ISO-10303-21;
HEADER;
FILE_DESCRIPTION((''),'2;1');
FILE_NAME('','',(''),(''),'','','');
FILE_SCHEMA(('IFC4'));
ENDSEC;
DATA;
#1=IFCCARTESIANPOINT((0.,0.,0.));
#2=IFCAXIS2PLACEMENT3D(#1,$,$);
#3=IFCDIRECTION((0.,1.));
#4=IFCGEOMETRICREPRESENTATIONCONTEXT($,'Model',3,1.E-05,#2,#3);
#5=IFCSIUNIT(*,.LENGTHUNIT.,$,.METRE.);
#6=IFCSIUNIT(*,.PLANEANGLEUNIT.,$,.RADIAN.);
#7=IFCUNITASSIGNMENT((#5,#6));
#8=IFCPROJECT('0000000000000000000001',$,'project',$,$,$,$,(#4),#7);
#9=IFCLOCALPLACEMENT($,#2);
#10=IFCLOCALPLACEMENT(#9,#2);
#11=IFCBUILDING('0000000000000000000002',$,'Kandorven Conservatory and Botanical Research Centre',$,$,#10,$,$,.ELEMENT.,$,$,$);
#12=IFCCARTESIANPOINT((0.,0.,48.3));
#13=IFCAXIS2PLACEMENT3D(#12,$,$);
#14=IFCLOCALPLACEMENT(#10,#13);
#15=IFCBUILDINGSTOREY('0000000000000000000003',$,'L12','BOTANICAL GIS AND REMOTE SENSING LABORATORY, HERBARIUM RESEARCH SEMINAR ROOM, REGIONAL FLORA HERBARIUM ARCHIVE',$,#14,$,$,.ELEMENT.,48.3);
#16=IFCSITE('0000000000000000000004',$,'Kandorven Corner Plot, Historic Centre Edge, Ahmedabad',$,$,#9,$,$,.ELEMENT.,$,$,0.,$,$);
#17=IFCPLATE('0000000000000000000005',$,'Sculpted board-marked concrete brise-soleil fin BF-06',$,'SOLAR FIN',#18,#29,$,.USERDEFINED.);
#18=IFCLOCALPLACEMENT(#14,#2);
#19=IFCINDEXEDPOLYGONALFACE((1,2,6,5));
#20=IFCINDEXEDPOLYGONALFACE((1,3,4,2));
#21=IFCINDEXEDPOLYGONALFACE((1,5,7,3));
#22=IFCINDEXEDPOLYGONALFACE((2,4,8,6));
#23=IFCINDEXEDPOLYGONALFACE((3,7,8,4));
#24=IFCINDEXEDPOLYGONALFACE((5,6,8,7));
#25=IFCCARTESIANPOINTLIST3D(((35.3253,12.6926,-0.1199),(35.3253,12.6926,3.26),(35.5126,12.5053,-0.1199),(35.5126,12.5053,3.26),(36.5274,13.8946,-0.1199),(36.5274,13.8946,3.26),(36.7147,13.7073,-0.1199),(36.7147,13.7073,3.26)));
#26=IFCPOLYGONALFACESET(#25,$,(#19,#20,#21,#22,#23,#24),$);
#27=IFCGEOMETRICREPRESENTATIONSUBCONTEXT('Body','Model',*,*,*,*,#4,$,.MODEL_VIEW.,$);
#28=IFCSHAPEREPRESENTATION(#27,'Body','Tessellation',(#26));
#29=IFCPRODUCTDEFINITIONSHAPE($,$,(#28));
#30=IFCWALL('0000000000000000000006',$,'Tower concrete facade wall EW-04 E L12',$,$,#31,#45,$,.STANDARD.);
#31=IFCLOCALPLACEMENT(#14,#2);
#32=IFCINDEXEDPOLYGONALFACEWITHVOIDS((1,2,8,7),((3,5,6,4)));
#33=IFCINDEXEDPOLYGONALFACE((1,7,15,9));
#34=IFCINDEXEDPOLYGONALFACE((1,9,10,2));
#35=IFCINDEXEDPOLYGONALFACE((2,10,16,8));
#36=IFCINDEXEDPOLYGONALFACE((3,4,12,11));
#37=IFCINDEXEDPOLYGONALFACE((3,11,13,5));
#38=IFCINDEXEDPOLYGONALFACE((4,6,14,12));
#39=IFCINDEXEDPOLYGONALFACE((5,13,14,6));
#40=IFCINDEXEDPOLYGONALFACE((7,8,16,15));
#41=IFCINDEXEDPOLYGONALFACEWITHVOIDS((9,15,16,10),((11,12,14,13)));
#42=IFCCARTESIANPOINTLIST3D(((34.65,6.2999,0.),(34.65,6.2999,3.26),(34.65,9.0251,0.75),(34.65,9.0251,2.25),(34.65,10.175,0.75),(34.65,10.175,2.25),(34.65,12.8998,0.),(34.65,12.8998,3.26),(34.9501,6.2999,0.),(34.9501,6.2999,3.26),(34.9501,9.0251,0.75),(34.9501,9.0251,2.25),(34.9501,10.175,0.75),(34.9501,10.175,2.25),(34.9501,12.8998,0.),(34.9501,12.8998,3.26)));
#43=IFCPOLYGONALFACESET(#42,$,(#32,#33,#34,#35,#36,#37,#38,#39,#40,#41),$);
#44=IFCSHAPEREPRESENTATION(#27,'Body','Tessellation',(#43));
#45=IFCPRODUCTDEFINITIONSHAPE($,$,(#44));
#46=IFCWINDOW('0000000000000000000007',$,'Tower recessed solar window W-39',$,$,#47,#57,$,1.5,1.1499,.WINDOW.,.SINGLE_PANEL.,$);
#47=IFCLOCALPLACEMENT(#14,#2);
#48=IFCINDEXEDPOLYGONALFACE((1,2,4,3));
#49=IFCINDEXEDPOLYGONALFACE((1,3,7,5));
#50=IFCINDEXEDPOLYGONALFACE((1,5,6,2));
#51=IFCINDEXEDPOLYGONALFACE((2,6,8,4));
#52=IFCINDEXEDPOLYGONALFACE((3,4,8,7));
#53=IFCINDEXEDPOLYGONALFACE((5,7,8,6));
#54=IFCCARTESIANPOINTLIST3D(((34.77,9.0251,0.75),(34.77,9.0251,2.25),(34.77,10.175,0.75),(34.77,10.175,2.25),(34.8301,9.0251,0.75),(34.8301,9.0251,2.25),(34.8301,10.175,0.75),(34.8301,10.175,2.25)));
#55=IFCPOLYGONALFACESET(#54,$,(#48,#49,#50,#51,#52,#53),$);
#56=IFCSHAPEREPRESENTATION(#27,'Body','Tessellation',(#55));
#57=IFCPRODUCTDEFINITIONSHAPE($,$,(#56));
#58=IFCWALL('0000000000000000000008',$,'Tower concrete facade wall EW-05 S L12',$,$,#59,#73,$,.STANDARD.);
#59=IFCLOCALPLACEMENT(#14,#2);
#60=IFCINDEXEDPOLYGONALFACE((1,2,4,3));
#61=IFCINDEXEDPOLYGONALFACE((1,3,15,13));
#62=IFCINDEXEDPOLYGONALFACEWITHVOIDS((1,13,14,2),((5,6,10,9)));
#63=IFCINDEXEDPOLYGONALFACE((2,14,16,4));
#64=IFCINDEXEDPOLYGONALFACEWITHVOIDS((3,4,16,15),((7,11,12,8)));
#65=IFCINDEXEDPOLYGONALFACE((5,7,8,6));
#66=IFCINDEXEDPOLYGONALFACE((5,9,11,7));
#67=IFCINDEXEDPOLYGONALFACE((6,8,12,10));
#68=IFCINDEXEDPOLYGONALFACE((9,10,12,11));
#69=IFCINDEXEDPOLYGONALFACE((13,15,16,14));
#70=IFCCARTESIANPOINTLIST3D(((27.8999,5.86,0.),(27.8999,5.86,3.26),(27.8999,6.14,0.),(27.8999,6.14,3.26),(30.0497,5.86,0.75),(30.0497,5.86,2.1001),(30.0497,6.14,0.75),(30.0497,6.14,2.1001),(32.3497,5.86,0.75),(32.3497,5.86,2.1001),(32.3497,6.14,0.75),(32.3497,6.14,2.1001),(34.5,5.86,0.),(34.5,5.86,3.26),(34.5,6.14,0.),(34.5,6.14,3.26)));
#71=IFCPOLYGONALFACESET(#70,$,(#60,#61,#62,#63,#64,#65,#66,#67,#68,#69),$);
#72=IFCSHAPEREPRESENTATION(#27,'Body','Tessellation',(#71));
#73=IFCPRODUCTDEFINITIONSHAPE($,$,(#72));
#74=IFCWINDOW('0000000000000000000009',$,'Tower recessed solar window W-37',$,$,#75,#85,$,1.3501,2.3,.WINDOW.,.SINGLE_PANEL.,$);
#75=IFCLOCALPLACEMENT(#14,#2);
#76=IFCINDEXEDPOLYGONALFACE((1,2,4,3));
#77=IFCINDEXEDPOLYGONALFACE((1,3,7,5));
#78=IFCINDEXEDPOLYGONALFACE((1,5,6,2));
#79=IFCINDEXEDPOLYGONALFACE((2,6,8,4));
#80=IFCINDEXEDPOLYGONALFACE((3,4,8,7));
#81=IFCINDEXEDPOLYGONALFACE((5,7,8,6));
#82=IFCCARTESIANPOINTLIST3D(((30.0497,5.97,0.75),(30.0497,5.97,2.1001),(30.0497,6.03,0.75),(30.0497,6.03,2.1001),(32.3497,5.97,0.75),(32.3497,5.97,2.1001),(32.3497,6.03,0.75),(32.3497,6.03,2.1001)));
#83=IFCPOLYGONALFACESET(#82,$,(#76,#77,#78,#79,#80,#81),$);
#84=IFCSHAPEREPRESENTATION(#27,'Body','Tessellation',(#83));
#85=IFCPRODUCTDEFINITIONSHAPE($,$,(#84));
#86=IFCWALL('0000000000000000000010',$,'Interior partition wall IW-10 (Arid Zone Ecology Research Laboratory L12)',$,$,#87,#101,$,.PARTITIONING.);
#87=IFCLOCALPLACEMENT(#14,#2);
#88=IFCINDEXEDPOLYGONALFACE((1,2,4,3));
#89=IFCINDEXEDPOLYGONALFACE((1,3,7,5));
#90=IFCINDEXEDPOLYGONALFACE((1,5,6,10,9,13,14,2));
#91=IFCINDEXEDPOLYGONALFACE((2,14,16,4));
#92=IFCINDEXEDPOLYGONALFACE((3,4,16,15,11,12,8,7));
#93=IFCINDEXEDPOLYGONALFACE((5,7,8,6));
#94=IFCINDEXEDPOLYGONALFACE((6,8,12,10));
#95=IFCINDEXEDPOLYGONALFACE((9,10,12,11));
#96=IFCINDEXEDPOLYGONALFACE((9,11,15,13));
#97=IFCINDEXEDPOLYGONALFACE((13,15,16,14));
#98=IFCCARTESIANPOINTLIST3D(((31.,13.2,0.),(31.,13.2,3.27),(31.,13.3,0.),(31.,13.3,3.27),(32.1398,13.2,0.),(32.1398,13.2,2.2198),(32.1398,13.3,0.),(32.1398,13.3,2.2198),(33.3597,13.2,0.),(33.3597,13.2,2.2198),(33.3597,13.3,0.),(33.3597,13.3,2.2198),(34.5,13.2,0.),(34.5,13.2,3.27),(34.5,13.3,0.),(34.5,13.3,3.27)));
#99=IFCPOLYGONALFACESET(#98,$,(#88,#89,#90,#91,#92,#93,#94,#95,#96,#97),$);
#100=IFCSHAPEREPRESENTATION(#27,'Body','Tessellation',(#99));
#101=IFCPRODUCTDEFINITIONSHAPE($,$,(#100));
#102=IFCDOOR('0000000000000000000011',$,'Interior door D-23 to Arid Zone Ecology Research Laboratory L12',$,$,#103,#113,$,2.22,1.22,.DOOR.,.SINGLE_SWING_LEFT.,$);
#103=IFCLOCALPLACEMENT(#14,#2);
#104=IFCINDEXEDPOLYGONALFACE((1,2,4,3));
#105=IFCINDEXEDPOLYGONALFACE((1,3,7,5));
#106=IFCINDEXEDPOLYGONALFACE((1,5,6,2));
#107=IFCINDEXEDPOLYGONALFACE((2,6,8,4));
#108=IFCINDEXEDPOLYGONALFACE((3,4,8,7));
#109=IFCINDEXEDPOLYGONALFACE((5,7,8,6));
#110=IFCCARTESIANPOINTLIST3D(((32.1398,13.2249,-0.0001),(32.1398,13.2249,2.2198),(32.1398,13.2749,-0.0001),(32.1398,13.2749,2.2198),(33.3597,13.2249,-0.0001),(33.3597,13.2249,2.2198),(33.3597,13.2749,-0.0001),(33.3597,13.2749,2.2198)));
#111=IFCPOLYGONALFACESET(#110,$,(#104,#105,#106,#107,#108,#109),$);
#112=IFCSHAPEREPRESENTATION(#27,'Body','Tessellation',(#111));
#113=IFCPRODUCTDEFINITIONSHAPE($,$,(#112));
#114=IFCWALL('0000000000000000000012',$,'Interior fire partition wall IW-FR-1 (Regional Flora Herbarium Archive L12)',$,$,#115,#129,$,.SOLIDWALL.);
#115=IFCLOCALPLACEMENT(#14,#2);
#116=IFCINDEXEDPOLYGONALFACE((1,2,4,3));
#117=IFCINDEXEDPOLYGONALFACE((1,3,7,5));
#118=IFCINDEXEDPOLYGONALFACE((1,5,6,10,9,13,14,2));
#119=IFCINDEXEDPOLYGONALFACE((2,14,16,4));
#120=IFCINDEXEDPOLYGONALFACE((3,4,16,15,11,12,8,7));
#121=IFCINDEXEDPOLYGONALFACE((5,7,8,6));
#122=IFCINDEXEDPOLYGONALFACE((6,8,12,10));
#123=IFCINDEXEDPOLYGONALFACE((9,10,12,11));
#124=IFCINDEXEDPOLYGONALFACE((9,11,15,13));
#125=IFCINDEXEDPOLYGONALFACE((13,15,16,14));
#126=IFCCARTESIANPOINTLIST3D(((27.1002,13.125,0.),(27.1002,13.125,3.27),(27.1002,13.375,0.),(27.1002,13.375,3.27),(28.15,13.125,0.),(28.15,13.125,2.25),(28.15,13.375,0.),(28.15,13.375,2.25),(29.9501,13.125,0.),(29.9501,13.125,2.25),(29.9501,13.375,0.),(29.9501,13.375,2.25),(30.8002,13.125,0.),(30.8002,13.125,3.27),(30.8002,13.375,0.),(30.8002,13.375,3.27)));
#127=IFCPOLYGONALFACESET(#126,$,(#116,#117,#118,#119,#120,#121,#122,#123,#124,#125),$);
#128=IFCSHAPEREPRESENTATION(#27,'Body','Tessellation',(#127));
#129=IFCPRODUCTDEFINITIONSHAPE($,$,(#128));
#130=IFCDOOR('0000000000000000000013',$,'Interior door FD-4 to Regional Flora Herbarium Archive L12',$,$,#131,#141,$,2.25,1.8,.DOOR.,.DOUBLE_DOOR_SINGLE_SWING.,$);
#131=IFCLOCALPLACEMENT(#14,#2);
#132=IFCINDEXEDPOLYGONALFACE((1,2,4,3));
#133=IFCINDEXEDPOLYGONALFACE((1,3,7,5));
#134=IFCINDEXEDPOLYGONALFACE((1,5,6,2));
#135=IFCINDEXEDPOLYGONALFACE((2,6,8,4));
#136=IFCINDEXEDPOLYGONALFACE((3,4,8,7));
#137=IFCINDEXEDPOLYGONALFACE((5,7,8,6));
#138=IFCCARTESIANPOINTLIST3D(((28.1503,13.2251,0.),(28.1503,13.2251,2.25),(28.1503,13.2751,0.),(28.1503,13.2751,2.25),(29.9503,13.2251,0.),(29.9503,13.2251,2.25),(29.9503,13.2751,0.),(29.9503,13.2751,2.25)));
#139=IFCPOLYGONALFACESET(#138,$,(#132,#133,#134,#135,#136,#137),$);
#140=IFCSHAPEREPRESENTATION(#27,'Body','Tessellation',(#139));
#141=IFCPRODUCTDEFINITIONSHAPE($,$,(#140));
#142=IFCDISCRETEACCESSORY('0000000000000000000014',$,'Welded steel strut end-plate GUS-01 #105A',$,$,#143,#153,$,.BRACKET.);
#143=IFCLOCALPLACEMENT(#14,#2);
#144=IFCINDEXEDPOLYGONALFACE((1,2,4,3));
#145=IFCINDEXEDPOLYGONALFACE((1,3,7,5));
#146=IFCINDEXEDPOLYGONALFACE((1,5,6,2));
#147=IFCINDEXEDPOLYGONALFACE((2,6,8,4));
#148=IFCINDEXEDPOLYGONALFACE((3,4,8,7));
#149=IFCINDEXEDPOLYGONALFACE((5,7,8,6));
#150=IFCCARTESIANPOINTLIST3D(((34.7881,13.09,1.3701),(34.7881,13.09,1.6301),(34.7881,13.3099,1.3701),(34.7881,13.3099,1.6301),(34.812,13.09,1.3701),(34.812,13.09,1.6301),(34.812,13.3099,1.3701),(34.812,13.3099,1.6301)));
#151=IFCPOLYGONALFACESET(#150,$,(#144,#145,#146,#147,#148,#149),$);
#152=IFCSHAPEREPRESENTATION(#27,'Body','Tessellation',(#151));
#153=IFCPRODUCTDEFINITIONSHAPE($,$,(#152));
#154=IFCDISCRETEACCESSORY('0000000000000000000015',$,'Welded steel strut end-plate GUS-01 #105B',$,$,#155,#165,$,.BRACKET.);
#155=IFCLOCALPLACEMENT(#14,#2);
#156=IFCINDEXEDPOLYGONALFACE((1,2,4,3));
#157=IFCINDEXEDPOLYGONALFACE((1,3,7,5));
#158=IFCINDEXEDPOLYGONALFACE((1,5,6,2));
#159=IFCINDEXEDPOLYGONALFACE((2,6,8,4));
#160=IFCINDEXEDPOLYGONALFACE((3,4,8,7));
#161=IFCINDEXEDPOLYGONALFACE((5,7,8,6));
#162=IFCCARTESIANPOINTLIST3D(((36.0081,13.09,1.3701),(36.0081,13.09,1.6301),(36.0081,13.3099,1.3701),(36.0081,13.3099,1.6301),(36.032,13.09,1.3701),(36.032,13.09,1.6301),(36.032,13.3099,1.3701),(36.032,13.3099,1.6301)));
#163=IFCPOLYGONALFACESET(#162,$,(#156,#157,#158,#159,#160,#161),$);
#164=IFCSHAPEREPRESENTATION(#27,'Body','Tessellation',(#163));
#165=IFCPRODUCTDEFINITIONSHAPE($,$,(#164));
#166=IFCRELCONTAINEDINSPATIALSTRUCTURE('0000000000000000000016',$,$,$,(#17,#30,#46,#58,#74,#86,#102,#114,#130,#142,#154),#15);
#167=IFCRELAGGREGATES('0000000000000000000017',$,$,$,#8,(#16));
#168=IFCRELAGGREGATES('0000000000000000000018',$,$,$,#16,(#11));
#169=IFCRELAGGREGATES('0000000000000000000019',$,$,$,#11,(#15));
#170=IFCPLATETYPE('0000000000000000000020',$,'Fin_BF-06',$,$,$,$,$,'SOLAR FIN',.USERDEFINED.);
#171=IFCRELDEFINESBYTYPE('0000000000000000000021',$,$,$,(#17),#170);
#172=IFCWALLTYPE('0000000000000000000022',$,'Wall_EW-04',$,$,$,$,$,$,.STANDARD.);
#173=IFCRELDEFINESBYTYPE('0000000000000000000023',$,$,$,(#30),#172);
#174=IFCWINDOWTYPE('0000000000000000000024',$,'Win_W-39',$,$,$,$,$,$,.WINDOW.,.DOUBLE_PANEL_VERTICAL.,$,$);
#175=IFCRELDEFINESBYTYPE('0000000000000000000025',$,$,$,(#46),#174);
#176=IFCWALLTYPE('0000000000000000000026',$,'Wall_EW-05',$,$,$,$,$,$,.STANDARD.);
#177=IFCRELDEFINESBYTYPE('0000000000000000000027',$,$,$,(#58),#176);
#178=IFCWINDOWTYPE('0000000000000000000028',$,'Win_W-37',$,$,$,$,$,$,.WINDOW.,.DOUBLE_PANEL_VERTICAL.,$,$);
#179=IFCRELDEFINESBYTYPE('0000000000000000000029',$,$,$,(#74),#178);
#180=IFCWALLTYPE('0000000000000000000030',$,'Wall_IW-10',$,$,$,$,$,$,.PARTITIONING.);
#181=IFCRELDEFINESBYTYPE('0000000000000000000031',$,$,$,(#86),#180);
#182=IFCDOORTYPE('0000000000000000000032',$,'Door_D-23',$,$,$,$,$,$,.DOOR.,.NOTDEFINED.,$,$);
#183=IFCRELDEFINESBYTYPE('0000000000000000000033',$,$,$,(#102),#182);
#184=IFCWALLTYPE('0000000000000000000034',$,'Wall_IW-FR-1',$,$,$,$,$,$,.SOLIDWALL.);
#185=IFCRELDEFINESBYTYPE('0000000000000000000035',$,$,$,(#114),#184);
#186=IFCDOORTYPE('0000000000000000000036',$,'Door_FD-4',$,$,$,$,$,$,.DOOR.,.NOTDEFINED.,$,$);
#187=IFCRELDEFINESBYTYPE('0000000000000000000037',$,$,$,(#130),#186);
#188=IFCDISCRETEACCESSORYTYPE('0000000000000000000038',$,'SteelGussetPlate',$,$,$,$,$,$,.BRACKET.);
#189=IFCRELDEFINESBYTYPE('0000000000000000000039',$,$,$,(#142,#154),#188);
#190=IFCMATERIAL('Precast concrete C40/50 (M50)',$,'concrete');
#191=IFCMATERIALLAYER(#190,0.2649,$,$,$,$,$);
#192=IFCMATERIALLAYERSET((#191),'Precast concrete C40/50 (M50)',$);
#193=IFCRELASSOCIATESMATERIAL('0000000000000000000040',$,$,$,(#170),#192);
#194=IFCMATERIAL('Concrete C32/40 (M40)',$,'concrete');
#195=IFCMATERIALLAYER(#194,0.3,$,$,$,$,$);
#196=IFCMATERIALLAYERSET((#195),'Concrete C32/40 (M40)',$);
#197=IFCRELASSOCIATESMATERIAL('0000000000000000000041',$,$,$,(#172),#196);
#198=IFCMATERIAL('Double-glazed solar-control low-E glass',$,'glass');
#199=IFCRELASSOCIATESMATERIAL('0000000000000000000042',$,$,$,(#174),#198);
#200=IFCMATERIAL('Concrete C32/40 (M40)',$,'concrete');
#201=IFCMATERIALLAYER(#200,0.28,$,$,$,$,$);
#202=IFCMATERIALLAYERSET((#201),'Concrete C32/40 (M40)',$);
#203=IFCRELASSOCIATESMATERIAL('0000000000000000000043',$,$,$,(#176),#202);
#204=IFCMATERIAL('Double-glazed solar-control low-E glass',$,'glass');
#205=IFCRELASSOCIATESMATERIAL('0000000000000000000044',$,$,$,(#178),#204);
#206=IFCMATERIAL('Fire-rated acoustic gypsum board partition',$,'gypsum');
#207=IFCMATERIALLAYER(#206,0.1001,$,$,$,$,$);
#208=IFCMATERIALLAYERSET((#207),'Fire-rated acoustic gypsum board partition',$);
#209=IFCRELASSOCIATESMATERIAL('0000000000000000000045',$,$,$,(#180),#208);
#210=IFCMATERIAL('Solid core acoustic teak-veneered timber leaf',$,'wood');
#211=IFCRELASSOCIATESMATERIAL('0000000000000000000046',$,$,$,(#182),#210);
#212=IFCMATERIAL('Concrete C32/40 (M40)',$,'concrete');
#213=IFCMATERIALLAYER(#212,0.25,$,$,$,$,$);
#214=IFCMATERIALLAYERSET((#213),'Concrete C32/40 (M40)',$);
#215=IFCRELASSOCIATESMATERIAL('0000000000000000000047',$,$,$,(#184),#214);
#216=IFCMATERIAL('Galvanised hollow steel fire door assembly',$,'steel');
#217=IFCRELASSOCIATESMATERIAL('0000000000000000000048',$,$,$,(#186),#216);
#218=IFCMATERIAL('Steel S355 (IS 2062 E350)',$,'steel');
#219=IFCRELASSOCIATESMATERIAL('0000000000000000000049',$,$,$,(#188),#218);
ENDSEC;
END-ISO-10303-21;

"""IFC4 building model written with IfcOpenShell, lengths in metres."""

from ifc_helpers import new_model, si_unit, direction, frame, frame_2d, origin, origin_2d, place, context, subcontext, project, spatial, rectangle, extrude, material, layer, layer_set, type_object, element, fill, save


model = new_model("IFC4")

# Units and contexts
model_context = context("Model", 3, precision=1e-05, world=origin(), true_north=direction((0.0, 1.0)))
body_context = subcontext(model_context, "Body", "Model", "MODEL_VIEW")
ifc_project = project(units=[si_unit("LENGTHUNIT", "METRE"), si_unit("PLANEANGLEUNIT", "RADIAN")], contexts=[model_context])

# Site, building, storey
site_placement = place(None, origin())
site = spatial("IfcSite", under=ifc_project, at=site_placement, Name="Kandorven Corner Plot, Historic Centre Edge, Ahmedabad", CompositionType="ELEMENT", RefElevation=0.0)
building_placement = place(site_placement, origin())
building = spatial("IfcBuilding", under=site, at=building_placement, Name="Kandorven Conservatory and Botanical Research Centre", CompositionType="ELEMENT")
storey_placement = place(building_placement, frame((0.0, 0.0, 48.3)))
storey = spatial("IfcBuildingStorey", under=building, at=storey_placement, Name="L12", Description="BOTANICAL GIS AND REMOTE SENSING LABORATORY, HERBARIUM RESEARCH SEMINAR ROOM, REGIONAL FLORA HERBARIUM ARCHIVE", CompositionType="ELEMENT", Elevation=48.3)

# Plate
ifc_material_1 = material(Name="Precast concrete C40/50 (M50)", Category="concrete")
ifc_layer_1 = layer(ifc_material_1, 0.2649)
ifc_layer_set_1 = layer_set([ifc_layer_1], Name="Precast concrete C40/50 (M50)")
plate_type_1 = type_object("IfcPlateType", Name="Fin_BF-06", ElementType="SOLAR FIN", PredefinedType="USERDEFINED", material=ifc_layer_set_1)
plate_1_placement = place(storey_placement, frame((36.02, 13.2, -0.1199), z_axis=(0.0, 0.0, 1.0), x_axis=(0.707107, 0.707107, 0.0)))
element("IfcPlate", 1, at=plate_1_placement, inside=storey, type_object=plate_type_1, Name="Sculpted board-marked concrete brise-soleil fin BF-06", ObjectType="SOLAR FIN", PredefinedType="USERDEFINED", context=body_context, shape_type="SweptSolid", body=[
    extrude(rectangle(XDim=1.7, YDim=0.2649, at=origin_2d()), origin(), (0.0, 0.0, 1.0), 3.3799),
])

# Walls, openings, windows
ifc_material_2 = material(Name="Concrete C32/40 (M40)", Category="concrete")
ifc_layer_2 = layer(ifc_material_2, 0.3)
ifc_layer_set_2 = layer_set([ifc_layer_2], Name="Concrete C32/40 (M40)")
wall_type_1 = type_object("IfcWallType", Name="Wall_EW-04", PredefinedType="STANDARD", material=ifc_layer_set_2)
wall_1_placement = place(storey_placement, frame((34.8, 6.3, 0.0), z_axis=(0.0, 0.0, 1.0), x_axis=(0.0, 1.0, 0.0)))
wall_1 = element("IfcWall", 2, at=wall_1_placement, inside=storey, type_object=wall_type_1, Name="Tower concrete facade wall EW-04 E L12", PredefinedType="STANDARD", context=body_context, shape_type="SweptSolid", body=[
    extrude(rectangle(XDim=6.5999, YDim=0.3, at=frame_2d((3.2998, 0.0))), origin(), (0.0, 0.0, 1.0), 3.26),
])
opening_1_placement = place(wall_1_placement, frame((2.7251, 0.0, 0.75)))
opening_1 = element("IfcOpeningElement", 3, at=opening_1_placement, cuts=wall_1, PredefinedType="OPENING", context=body_context, shape_type="SweptSolid", body=[
    extrude(rectangle(XDim=1.1499, YDim=1.5, at=frame_2d((0.575, 0.75))), frame((0.0, 0.1599, 0.0), z_axis=(0.0, -1.0, 0.0), x_axis=(1.0, 0.0, 0.0)), (0.0, 0.0, 1.0), 0.3201),
])
ifc_material_3 = material(Name="Double-glazed solar-control low-E glass", Category="glass")
window_type_1 = type_object("IfcWindowType", Name="Win_W-39", PartitioningType="DOUBLE_PANEL_VERTICAL", PredefinedType="WINDOW", material=ifc_material_3)
window_1_placement = place(opening_1_placement, origin())
window_1 = element("IfcWindow", 4, at=window_1_placement, inside=storey, type_object=window_type_1, Name="Tower recessed solar window W-39", OverallHeight=1.5, OverallWidth=1.1499, PartitioningType="SINGLE_PANEL", PredefinedType="WINDOW", context=body_context, shape_type="SweptSolid", body=[
    extrude(rectangle(XDim=1.1499, YDim=1.5, at=frame_2d((0.575, 0.75))), frame((0.0, 0.03, 0.0), z_axis=(0.0, -1.0, 0.0), x_axis=(1.0, 0.0, 0.0)), (0.0, 0.0, 1.0), 0.0601),
])
fill(opening_1, window_1)
ifc_material_4 = material(Name="Concrete C32/40 (M40)", Category="concrete")
ifc_layer_3 = layer(ifc_material_4, 0.28)
ifc_layer_set_3 = layer_set([ifc_layer_3], Name="Concrete C32/40 (M40)")
wall_type_2 = type_object("IfcWallType", Name="Wall_EW-05", PredefinedType="STANDARD", material=ifc_layer_set_3)
wall_2_placement = place(storey_placement, frame((27.8999, 6.0, 0.0), z_axis=(0.0, 0.0, 1.0), x_axis=(1.0, 0.0, 0.0)))
wall_2 = element("IfcWall", 5, at=wall_2_placement, inside=storey, type_object=wall_type_2, Name="Tower concrete facade wall EW-05 S L12", PredefinedType="STANDARD", context=body_context, shape_type="SweptSolid", body=[
    extrude(rectangle(XDim=6.6001, YDim=0.28, at=frame_2d((3.3, 0.0))), origin(), (0.0, 0.0, 1.0), 3.26),
])
opening_2_placement = place(wall_2_placement, frame((2.1499, 0.0, 0.75)))
opening_2 = element("IfcOpeningElement", 6, at=opening_2_placement, cuts=wall_2, PredefinedType="OPENING", context=body_context, shape_type="SweptSolid", body=[
    extrude(rectangle(XDim=2.3, YDim=1.3501, at=frame_2d((1.1499, 0.675))), frame((0.0, 0.1499, 0.0), z_axis=(0.0, -1.0, 0.0), x_axis=(1.0, 0.0, 0.0)), (0.0, 0.0, 1.0), 0.3),
])
ifc_material_5 = material(Name="Double-glazed solar-control low-E glass", Category="glass")
window_type_2 = type_object("IfcWindowType", Name="Win_W-37", PartitioningType="DOUBLE_PANEL_VERTICAL", PredefinedType="WINDOW", material=ifc_material_5)
window_2_placement = place(opening_2_placement, origin())
window_2 = element("IfcWindow", 7, at=window_2_placement, inside=storey, type_object=window_type_2, Name="Tower recessed solar window W-37", OverallHeight=1.3501, OverallWidth=2.3, PartitioningType="SINGLE_PANEL", PredefinedType="WINDOW", context=body_context, shape_type="SweptSolid", body=[
    extrude(rectangle(XDim=2.3, YDim=1.3501, at=frame_2d((1.1499, 0.675))), frame((0.0, 0.03, 0.0), z_axis=(0.0, -1.0, 0.0), x_axis=(1.0, 0.0, 0.0)), (0.0, 0.0, 1.0), 0.0601),
])
fill(opening_2, window_2)

# Walls, openings, doors
ifc_material_6 = material(Name="Fire-rated acoustic gypsum board partition", Category="gypsum")
ifc_layer_4 = layer(ifc_material_6, 0.1001)
ifc_layer_set_4 = layer_set([ifc_layer_4], Name="Fire-rated acoustic gypsum board partition")
wall_type_3 = type_object("IfcWallType", Name="Wall_IW-10", PredefinedType="PARTITIONING", material=ifc_layer_set_4)
wall_3_placement = place(storey_placement, frame((31.0, 13.25, 0.0), z_axis=(0.0, 0.0, 1.0), x_axis=(1.0, 0.0, 0.0)))
wall_3 = element("IfcWall", 8, at=wall_3_placement, inside=storey, type_object=wall_type_3, Name="Interior partition wall IW-10 (Arid Zone Ecology Research Laboratory L12)", PredefinedType="PARTITIONING", context=body_context, shape_type="SweptSolid", body=[
    extrude(rectangle(XDim=3.5, YDim=0.1001, at=frame_2d((1.75, 0.0))), origin(), (0.0, 0.0, 1.0), 3.27),
])
opening_3_placement = place(wall_3_placement, frame((1.1399, 0.0, 0.0)))
opening_3 = element("IfcOpeningElement", 9, at=opening_3_placement, cuts=wall_3, PredefinedType="OPENING", context=body_context, shape_type="SweptSolid", body=[
    extrude(rectangle(XDim=1.22, YDim=2.22, at=frame_2d((0.6099, 1.1099))), frame((0.0, 0.0601, 0.0), z_axis=(0.0, -1.0, 0.0), x_axis=(1.0, 0.0, 0.0)), (0.0, 0.0, 1.0), 0.1201),
])
ifc_material_7 = material(Name="Solid core acoustic teak-veneered timber leaf", Category="wood")
door_type_1 = type_object("IfcDoorType", Name="Door_D-23", OperationType="NOTDEFINED", PredefinedType="DOOR", material=ifc_material_7)
door_1_placement = place(opening_3_placement, origin())
door_1 = element("IfcDoor", 10, at=door_1_placement, inside=storey, type_object=door_type_1, Name="Interior door D-23 to Arid Zone Ecology Research Laboratory L12", OperationType="SINGLE_SWING_LEFT", OverallHeight=2.22, OverallWidth=1.22, PredefinedType="DOOR", context=body_context, shape_type="SweptSolid", body=[
    extrude(rectangle(XDim=1.22, YDim=2.22, at=frame_2d((0.6099, 1.1099))), frame((0.0, 0.0249, 0.0), z_axis=(0.0, -1.0, 0.0), x_axis=(1.0, 0.0, 0.0)), (0.0, 0.0, 1.0), 0.05),
])
fill(opening_3, door_1)
ifc_material_8 = material(Name="Concrete C32/40 (M40)", Category="concrete")
ifc_layer_5 = layer(ifc_material_8, 0.25)
ifc_layer_set_5 = layer_set([ifc_layer_5], Name="Concrete C32/40 (M40)")
wall_type_4 = type_object("IfcWallType", Name="Wall_IW-FR-1", PredefinedType="SOLIDWALL", material=ifc_layer_set_5)
wall_4_placement = place(storey_placement, frame((27.1001, 13.25, 0.0), z_axis=(0.0, 0.0, 1.0), x_axis=(1.0, 0.0, 0.0)))
wall_4 = element("IfcWall", 11, at=wall_4_placement, inside=storey, type_object=wall_type_4, Name="Interior fire partition wall IW-FR-1 (Regional Flora Herbarium Archive L12)", PredefinedType="SOLIDWALL", context=body_context, shape_type="SweptSolid", body=[
    extrude(rectangle(XDim=3.7, YDim=0.25, at=frame_2d((1.8501, 0.0))), origin(), (0.0, 0.0, 1.0), 3.27),
])
opening_4_placement = place(wall_4_placement, frame((1.05, 0.0, 0.0)))
opening_4 = element("IfcOpeningElement", 12, at=opening_4_placement, cuts=wall_4, PredefinedType="OPENING", context=body_context, shape_type="SweptSolid", body=[
    extrude(rectangle(XDim=1.8, YDim=2.25, at=frame_2d((0.8999, 1.125))), frame((0.0, 0.135, 0.0), z_axis=(0.0, -1.0, 0.0), x_axis=(1.0, 0.0, 0.0)), (0.0, 0.0, 1.0), 0.27),
])
ifc_material_9 = material(Name="Galvanised hollow steel fire door assembly", Category="steel")
door_type_2 = type_object("IfcDoorType", Name="Door_FD-4", OperationType="NOTDEFINED", PredefinedType="DOOR", material=ifc_material_9)
door_2_placement = place(opening_4_placement, frame((1.8, 0.0, 0.0), z_axis=(0.0, 0.0, 1.0), x_axis=(-1.0, 0.0, 0.0)))
door_2 = element("IfcDoor", 13, at=door_2_placement, inside=storey, type_object=door_type_2, Name="Interior door FD-4 to Regional Flora Herbarium Archive L12", OperationType="DOUBLE_DOOR_SINGLE_SWING", OverallHeight=2.25, OverallWidth=1.8, PredefinedType="DOOR", context=body_context, shape_type="SweptSolid", body=[
    extrude(rectangle(XDim=1.8, YDim=2.25, at=frame_2d((0.8999, 1.125))), frame((0.0, 0.0249, 0.0), z_axis=(0.0, -1.0, 0.0), x_axis=(1.0, 0.0, 0.0)), (0.0, 0.0, 1.0), 0.05),
])
fill(opening_4, door_2)

# Discrete accessories
ifc_material_10 = material(Name="Steel S355 (IS 2062 E350)", Category="steel")
discrete_accessory_type = type_object("IfcDiscreteAccessoryType", Name="SteelGussetPlate", PredefinedType="BRACKET", material=ifc_material_10)
for number, where, z_axis, x_axis, name in (
    (14, (34.8, 13.2, 1.3701), (0.0, 0.0, 1.0), (1.0, 0.0, 0.0), "Welded steel strut end-plate GUS-01 #105A"),
    (15, (36.02, 13.2, 1.3701), (0.0, 0.0, 1.0), (1.0, 0.0, 0.0), "Welded steel strut end-plate GUS-01 #105B"),
):
    element("IfcDiscreteAccessory", number, at=place(storey_placement, frame(where, z_axis=z_axis, x_axis=x_axis)), inside=storey, type_object=discrete_accessory_type, Name=name, PredefinedType="BRACKET", context=body_context, shape_type="SweptSolid", body=[
        extrude(rectangle(XDim=0.0239, YDim=0.22, at=origin_2d()), origin(), (0.0, 0.0, 1.0), 0.26),
    ])

save(model, "model.ifc")
